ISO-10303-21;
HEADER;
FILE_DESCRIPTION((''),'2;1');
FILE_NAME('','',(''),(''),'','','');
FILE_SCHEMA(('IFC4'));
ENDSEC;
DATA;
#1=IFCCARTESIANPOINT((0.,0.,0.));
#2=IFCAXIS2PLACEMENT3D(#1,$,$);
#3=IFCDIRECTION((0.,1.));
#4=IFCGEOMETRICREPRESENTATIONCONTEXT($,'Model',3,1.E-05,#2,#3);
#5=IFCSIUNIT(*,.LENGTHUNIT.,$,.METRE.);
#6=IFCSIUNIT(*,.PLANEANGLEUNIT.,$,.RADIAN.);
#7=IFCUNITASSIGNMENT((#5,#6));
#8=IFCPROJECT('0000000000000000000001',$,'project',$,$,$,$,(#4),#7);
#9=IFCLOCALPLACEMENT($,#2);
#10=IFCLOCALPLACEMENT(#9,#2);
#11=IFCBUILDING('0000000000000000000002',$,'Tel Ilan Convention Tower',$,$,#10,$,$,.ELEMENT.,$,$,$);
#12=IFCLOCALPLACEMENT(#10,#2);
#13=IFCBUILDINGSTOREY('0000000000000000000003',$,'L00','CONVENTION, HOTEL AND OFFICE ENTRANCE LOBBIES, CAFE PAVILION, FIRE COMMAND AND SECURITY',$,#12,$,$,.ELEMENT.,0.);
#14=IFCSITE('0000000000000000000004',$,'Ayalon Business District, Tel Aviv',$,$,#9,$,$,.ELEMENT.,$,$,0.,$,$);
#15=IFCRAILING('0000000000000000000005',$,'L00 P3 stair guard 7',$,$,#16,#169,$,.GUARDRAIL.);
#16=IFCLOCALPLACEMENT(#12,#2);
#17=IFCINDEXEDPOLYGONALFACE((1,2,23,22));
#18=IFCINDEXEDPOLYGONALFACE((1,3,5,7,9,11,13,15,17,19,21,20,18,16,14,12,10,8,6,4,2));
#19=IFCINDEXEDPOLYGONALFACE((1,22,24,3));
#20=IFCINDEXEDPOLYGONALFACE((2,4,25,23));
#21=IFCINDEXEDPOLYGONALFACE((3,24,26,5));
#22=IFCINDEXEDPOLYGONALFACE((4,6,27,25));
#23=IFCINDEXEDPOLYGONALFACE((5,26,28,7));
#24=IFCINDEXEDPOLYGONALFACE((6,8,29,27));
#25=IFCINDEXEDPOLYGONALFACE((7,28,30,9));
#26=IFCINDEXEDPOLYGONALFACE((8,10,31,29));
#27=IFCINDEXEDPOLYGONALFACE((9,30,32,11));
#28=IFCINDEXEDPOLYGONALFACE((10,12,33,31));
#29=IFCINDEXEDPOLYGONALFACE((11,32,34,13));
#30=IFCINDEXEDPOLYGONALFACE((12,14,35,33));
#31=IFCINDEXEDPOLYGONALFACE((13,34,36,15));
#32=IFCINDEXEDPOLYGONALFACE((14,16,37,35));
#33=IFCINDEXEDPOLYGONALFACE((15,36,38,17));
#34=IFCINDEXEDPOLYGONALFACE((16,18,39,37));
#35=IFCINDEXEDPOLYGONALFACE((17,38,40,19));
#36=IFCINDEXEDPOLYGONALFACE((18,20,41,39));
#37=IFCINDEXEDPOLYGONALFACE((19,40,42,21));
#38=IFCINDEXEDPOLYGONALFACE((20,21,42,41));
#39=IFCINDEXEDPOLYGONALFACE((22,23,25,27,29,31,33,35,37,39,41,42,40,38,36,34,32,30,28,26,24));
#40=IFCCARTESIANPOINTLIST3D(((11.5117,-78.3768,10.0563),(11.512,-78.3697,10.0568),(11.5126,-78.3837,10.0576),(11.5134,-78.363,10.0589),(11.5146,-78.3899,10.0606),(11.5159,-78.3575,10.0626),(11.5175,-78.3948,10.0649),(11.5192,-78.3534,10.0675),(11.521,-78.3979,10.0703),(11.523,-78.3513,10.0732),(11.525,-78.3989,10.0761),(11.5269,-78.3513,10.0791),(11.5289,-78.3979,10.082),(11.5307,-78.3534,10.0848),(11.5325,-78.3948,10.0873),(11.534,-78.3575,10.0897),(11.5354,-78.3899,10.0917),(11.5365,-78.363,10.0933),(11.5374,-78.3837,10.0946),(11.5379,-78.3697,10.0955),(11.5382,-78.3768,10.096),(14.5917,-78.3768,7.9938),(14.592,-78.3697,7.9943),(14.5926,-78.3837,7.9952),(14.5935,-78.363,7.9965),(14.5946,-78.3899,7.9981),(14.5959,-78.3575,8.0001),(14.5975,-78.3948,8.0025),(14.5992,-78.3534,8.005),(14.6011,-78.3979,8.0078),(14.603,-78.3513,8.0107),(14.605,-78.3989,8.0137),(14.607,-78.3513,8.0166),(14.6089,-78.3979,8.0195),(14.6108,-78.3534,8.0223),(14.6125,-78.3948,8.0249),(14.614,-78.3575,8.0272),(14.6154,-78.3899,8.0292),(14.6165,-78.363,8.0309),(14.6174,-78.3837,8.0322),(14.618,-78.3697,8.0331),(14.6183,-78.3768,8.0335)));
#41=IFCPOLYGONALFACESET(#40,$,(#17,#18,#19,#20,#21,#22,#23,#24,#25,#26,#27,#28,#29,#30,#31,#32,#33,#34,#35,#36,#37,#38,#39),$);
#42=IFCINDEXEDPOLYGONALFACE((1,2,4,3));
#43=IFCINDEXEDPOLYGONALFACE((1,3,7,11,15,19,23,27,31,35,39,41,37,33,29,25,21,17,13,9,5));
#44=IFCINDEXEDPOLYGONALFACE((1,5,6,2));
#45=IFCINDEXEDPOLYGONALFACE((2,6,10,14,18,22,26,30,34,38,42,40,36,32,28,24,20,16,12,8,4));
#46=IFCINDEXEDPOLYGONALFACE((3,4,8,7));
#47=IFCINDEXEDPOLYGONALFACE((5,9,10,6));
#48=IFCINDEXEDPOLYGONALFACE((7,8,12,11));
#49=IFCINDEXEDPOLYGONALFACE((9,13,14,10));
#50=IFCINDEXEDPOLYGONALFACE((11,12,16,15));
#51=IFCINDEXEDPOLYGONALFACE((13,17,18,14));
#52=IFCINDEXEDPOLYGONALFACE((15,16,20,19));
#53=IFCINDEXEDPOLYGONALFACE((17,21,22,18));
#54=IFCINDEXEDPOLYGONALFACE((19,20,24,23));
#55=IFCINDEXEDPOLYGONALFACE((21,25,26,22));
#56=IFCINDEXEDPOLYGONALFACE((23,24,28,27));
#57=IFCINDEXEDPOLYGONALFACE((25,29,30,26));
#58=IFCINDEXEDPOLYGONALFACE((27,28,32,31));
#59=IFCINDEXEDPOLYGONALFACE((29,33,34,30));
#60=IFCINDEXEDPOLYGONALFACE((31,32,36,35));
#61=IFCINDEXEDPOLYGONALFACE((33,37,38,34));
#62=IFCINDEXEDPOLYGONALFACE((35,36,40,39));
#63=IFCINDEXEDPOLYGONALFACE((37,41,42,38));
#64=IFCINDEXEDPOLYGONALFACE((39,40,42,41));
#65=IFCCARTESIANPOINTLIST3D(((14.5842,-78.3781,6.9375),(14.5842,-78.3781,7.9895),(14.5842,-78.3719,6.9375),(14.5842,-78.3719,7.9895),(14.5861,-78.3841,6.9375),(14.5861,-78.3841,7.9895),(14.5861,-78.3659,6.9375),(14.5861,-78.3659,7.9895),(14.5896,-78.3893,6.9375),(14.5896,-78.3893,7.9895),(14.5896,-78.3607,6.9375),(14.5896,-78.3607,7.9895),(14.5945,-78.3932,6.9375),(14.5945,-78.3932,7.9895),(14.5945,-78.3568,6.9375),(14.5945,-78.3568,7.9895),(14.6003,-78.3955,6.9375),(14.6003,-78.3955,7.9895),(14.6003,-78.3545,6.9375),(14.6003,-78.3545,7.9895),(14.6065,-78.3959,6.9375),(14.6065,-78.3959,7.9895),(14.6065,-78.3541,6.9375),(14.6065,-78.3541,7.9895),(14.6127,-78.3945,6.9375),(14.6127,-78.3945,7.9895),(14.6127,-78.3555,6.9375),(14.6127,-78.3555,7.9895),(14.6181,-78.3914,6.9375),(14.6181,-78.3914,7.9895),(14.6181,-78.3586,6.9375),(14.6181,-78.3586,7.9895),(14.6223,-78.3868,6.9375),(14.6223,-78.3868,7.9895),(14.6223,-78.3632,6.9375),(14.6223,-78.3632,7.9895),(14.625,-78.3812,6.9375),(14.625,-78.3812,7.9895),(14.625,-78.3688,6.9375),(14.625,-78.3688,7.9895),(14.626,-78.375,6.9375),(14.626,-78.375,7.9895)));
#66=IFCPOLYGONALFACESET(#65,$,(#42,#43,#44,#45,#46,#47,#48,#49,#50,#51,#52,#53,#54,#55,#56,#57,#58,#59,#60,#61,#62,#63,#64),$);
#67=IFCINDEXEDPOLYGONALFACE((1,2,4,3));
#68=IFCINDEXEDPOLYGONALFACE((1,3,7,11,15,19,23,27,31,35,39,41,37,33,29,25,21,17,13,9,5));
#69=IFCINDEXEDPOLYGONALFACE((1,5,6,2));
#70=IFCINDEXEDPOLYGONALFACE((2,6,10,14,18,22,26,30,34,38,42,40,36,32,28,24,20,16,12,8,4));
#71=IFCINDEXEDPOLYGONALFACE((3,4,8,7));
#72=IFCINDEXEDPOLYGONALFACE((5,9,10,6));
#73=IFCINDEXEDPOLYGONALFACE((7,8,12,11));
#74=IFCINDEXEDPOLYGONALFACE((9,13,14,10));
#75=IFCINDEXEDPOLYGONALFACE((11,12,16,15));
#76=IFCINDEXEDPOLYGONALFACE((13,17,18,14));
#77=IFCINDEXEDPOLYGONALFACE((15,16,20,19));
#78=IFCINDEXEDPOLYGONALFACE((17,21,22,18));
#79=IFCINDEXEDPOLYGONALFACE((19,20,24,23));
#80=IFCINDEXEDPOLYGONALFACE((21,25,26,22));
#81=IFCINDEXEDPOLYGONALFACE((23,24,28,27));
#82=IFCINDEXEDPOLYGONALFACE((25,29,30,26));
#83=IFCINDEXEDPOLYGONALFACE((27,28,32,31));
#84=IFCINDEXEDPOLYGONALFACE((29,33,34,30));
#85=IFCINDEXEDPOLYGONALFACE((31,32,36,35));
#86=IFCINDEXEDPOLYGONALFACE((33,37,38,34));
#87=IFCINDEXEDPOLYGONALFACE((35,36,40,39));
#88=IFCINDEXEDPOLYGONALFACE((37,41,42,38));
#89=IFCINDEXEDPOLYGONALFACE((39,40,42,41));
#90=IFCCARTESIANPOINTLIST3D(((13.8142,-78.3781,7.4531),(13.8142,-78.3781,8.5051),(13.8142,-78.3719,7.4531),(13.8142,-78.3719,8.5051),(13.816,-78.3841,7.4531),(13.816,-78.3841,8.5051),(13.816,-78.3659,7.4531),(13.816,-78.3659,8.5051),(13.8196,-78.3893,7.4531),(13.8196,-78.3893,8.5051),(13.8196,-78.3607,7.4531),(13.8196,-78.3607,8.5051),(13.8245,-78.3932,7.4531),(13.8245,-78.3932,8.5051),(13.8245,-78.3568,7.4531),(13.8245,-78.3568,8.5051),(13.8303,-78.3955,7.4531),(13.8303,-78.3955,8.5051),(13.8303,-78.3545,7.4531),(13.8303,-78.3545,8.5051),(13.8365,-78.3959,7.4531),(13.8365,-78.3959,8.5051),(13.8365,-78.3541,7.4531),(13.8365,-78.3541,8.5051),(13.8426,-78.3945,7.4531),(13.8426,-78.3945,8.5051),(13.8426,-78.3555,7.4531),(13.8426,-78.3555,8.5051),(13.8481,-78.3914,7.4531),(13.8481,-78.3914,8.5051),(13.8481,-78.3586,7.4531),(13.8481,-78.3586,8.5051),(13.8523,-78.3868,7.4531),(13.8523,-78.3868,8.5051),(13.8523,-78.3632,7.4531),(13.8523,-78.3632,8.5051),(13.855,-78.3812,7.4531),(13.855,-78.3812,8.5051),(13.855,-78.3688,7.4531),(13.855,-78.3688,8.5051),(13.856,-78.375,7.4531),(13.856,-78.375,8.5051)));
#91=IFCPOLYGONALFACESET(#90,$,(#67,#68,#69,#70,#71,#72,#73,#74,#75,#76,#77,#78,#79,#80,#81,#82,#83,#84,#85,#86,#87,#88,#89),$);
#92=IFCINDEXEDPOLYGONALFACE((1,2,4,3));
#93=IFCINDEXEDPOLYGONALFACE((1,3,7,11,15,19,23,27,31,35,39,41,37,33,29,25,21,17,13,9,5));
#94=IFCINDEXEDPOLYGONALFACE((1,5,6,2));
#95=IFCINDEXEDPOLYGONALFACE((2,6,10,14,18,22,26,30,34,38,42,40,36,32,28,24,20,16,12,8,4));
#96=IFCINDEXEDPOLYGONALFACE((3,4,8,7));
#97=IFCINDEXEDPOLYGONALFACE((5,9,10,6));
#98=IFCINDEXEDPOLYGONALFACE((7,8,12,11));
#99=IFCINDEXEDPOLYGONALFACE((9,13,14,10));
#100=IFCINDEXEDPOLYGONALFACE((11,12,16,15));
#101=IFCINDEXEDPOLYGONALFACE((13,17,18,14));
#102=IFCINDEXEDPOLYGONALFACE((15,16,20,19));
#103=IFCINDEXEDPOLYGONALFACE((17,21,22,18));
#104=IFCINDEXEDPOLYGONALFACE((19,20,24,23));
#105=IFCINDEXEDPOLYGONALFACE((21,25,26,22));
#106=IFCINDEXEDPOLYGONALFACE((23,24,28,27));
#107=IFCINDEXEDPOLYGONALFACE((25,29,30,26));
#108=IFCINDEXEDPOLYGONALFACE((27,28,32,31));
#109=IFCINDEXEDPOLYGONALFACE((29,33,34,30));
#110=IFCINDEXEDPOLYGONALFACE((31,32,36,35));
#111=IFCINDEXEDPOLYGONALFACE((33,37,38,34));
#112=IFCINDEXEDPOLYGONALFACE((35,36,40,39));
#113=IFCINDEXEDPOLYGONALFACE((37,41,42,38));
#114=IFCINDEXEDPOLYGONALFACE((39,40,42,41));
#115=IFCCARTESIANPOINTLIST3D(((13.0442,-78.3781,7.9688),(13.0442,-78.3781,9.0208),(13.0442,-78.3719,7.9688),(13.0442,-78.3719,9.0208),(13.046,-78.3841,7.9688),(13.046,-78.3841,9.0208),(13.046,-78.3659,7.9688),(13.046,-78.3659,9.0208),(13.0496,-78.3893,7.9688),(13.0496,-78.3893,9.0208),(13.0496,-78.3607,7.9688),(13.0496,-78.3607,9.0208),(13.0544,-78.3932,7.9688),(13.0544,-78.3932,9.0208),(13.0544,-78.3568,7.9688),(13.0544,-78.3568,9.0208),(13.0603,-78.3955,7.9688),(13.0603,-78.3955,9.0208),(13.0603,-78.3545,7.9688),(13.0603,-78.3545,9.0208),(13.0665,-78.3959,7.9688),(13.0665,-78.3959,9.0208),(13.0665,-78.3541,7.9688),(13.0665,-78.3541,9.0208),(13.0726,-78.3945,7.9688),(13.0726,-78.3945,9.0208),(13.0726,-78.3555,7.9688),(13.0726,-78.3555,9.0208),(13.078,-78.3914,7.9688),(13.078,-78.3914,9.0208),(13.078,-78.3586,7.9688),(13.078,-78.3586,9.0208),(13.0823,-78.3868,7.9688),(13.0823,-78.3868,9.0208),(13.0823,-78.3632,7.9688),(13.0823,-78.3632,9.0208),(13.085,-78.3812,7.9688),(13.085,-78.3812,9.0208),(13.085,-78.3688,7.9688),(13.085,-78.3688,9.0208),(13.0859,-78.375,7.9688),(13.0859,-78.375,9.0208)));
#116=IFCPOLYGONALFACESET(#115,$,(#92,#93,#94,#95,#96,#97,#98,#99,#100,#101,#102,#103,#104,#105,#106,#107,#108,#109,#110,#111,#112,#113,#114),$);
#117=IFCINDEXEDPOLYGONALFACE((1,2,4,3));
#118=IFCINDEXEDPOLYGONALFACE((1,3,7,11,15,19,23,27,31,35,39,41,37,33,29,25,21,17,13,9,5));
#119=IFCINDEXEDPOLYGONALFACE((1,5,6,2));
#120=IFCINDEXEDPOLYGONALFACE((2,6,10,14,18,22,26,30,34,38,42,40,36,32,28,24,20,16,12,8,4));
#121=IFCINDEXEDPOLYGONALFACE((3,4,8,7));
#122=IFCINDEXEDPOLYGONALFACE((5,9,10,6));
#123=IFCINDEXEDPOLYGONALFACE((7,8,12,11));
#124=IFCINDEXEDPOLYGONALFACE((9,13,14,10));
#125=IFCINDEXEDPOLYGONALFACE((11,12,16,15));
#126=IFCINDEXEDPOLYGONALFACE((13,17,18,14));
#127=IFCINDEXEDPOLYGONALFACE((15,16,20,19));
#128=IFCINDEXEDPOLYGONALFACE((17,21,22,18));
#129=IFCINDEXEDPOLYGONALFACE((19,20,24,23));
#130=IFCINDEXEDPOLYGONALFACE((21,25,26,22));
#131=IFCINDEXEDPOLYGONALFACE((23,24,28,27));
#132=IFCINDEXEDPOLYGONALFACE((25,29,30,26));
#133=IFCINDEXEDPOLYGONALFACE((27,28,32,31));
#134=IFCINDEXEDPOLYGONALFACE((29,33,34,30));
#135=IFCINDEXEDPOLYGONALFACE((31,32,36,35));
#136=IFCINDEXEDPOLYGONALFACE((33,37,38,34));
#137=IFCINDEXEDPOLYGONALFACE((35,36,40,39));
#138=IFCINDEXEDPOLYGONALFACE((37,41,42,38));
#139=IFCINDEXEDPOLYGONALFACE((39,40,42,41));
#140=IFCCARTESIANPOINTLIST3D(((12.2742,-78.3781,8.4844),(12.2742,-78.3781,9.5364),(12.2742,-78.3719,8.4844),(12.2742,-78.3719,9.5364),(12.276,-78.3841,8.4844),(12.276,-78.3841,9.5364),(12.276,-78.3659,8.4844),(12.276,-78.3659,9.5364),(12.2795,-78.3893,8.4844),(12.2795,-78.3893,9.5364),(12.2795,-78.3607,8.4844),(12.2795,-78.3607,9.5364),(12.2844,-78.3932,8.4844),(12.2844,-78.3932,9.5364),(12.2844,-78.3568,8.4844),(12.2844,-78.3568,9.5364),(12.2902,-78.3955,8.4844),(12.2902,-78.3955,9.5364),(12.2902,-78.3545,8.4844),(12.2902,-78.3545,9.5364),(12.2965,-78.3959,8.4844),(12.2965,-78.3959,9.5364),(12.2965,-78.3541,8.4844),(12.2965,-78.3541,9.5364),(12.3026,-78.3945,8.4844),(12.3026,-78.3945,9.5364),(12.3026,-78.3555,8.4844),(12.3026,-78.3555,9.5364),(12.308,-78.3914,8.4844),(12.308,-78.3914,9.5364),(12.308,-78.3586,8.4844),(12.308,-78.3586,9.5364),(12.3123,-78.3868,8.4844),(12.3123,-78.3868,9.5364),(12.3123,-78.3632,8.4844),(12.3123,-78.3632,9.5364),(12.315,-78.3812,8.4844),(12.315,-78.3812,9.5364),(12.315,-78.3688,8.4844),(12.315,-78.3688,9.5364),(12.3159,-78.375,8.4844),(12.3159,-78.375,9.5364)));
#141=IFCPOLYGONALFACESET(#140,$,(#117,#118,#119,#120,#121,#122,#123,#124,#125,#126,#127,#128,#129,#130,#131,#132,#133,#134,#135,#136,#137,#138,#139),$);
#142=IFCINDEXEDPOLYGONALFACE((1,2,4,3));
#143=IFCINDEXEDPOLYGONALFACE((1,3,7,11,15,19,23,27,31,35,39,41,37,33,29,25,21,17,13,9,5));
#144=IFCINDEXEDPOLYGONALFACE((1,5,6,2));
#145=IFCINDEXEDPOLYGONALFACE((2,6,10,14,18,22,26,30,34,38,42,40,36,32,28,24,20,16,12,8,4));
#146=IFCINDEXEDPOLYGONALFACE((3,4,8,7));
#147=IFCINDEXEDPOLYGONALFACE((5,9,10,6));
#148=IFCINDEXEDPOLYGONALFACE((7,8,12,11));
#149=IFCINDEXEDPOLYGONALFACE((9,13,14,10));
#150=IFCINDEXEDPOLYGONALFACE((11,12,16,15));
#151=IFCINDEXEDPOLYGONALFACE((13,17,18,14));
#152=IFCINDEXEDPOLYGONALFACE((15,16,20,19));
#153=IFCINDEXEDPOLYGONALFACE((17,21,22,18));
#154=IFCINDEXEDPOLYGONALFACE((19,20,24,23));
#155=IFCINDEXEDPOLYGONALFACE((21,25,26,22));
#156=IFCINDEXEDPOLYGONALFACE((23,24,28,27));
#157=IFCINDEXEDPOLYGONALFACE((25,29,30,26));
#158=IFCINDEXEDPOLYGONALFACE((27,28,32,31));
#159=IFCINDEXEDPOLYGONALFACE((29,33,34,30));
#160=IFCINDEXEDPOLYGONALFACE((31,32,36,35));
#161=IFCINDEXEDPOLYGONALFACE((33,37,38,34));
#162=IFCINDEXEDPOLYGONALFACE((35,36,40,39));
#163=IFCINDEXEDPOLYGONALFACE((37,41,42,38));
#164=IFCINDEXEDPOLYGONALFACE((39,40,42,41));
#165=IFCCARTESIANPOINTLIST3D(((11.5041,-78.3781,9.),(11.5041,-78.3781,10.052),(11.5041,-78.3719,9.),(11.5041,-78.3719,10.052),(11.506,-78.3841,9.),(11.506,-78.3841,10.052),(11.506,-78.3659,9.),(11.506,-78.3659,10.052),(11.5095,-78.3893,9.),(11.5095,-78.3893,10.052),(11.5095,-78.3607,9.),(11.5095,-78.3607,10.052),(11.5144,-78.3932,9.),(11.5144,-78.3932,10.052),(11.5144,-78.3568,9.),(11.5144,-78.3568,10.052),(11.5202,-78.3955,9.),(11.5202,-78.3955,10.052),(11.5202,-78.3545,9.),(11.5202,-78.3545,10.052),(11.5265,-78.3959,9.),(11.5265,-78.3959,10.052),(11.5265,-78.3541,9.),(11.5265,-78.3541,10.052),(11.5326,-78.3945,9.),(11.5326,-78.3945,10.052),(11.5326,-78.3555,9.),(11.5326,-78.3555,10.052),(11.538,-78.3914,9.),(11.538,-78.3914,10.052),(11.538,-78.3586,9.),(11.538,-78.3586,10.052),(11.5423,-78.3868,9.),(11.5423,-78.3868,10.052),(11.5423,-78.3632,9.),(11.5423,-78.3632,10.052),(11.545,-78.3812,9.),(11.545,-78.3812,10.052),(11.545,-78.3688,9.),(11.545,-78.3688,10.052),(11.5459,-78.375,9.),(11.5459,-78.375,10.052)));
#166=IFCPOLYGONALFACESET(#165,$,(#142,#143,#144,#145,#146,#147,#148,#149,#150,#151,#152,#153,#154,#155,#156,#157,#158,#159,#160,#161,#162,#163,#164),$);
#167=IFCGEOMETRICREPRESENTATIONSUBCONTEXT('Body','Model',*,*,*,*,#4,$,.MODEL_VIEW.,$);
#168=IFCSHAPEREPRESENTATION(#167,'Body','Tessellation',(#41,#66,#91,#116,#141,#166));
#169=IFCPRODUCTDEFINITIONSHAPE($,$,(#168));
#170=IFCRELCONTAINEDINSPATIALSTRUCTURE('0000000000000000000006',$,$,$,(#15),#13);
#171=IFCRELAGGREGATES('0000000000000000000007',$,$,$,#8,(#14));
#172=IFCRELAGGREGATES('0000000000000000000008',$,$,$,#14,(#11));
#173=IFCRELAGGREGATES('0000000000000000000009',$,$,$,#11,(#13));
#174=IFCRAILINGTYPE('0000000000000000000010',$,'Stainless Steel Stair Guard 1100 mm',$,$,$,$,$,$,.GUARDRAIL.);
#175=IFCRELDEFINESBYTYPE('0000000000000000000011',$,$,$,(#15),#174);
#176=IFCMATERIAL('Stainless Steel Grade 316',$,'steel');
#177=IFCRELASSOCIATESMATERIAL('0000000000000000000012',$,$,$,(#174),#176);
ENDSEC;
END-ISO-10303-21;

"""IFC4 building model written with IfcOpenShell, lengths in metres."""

from ifc_helpers import new_model, si_unit, direction, frame, origin, origin_2d, place, context, subcontext, project, spatial, circle, extrude, material, type_object, element, save


model = new_model("IFC4")

# Units and contexts
model_context = context("Model", 3, precision=1e-05, world=origin(), true_north=direction((0.0, 1.0)))
body_context = subcontext(model_context, "Body", "Model", "MODEL_VIEW")
ifc_project = project(units=[si_unit("LENGTHUNIT", "METRE"), si_unit("PLANEANGLEUNIT", "RADIAN")], contexts=[model_context])

# Site, building, storey
site_placement = place(None, origin())
site = spatial("IfcSite", under=ifc_project, at=site_placement, Name="Ayalon Business District, Tel Aviv", CompositionType="ELEMENT", RefElevation=0.0)
building_placement = place(site_placement, origin())
building = spatial("IfcBuilding", under=site, at=building_placement, Name="Tel Ilan Convention Tower", CompositionType="ELEMENT")
storey_placement = place(building_placement, origin())
storey = spatial("IfcBuildingStorey", under=building, at=storey_placement, Name="L00", Description="CONVENTION, HOTEL AND OFFICE ENTRANCE LOBBIES, CAFE PAVILION, FIRE COMMAND AND SECURITY", CompositionType="ELEMENT", Elevation=0.0)

# Railing
ifc_material_1 = material(Name="Stainless Steel Grade 316", Category="steel")
railing_type_1 = type_object("IfcRailingType", Name="Stainless Steel Stair Guard 1100 mm", PredefinedType="GUARDRAIL", material=ifc_material_1)
railing_1_placement = place(storey_placement, frame((14.605, -78.375, 6.9375)))
element("IfcRailing", 1, at=railing_1_placement, inside=storey, type_object=railing_type_1, Name="L00 P3 stair guard 7", PredefinedType="GUARDRAIL", context=body_context, shape_type="SweptSolid", body=[
    extrude(circle(Radius=0.0239, at=origin_2d()), frame((0.0, 0.0, 1.0762), z_axis=(-0.830914, 0.0, 0.556401), x_axis=(0.0, -1.0, 0.0)), (0.0, 0.0, 1.0), 3.7068),
    extrude(circle(Radius=0.021, at=origin_2d()), origin(), (0.0, 0.0, 1.0), 1.052),
    extrude(circle(Radius=0.021, at=origin_2d()), frame((-0.77, 0.0, 0.5156)), (0.0, 0.0, 1.0), 1.052),
    extrude(circle(Radius=0.021, at=origin_2d()), frame((-1.54, 0.0, 1.0312)), (0.0, 0.0, 1.0), 1.052),
    extrude(circle(Radius=0.021, at=origin_2d()), frame((-2.3101, 0.0, 1.5469)), (0.0, 0.0, 1.0), 1.052),
    extrude(circle(Radius=0.021, at=origin_2d()), frame((-3.0801, 0.0, 2.0625)), (0.0, 0.0, 1.0), 1.052),
])

save(model, "model.ifc")
